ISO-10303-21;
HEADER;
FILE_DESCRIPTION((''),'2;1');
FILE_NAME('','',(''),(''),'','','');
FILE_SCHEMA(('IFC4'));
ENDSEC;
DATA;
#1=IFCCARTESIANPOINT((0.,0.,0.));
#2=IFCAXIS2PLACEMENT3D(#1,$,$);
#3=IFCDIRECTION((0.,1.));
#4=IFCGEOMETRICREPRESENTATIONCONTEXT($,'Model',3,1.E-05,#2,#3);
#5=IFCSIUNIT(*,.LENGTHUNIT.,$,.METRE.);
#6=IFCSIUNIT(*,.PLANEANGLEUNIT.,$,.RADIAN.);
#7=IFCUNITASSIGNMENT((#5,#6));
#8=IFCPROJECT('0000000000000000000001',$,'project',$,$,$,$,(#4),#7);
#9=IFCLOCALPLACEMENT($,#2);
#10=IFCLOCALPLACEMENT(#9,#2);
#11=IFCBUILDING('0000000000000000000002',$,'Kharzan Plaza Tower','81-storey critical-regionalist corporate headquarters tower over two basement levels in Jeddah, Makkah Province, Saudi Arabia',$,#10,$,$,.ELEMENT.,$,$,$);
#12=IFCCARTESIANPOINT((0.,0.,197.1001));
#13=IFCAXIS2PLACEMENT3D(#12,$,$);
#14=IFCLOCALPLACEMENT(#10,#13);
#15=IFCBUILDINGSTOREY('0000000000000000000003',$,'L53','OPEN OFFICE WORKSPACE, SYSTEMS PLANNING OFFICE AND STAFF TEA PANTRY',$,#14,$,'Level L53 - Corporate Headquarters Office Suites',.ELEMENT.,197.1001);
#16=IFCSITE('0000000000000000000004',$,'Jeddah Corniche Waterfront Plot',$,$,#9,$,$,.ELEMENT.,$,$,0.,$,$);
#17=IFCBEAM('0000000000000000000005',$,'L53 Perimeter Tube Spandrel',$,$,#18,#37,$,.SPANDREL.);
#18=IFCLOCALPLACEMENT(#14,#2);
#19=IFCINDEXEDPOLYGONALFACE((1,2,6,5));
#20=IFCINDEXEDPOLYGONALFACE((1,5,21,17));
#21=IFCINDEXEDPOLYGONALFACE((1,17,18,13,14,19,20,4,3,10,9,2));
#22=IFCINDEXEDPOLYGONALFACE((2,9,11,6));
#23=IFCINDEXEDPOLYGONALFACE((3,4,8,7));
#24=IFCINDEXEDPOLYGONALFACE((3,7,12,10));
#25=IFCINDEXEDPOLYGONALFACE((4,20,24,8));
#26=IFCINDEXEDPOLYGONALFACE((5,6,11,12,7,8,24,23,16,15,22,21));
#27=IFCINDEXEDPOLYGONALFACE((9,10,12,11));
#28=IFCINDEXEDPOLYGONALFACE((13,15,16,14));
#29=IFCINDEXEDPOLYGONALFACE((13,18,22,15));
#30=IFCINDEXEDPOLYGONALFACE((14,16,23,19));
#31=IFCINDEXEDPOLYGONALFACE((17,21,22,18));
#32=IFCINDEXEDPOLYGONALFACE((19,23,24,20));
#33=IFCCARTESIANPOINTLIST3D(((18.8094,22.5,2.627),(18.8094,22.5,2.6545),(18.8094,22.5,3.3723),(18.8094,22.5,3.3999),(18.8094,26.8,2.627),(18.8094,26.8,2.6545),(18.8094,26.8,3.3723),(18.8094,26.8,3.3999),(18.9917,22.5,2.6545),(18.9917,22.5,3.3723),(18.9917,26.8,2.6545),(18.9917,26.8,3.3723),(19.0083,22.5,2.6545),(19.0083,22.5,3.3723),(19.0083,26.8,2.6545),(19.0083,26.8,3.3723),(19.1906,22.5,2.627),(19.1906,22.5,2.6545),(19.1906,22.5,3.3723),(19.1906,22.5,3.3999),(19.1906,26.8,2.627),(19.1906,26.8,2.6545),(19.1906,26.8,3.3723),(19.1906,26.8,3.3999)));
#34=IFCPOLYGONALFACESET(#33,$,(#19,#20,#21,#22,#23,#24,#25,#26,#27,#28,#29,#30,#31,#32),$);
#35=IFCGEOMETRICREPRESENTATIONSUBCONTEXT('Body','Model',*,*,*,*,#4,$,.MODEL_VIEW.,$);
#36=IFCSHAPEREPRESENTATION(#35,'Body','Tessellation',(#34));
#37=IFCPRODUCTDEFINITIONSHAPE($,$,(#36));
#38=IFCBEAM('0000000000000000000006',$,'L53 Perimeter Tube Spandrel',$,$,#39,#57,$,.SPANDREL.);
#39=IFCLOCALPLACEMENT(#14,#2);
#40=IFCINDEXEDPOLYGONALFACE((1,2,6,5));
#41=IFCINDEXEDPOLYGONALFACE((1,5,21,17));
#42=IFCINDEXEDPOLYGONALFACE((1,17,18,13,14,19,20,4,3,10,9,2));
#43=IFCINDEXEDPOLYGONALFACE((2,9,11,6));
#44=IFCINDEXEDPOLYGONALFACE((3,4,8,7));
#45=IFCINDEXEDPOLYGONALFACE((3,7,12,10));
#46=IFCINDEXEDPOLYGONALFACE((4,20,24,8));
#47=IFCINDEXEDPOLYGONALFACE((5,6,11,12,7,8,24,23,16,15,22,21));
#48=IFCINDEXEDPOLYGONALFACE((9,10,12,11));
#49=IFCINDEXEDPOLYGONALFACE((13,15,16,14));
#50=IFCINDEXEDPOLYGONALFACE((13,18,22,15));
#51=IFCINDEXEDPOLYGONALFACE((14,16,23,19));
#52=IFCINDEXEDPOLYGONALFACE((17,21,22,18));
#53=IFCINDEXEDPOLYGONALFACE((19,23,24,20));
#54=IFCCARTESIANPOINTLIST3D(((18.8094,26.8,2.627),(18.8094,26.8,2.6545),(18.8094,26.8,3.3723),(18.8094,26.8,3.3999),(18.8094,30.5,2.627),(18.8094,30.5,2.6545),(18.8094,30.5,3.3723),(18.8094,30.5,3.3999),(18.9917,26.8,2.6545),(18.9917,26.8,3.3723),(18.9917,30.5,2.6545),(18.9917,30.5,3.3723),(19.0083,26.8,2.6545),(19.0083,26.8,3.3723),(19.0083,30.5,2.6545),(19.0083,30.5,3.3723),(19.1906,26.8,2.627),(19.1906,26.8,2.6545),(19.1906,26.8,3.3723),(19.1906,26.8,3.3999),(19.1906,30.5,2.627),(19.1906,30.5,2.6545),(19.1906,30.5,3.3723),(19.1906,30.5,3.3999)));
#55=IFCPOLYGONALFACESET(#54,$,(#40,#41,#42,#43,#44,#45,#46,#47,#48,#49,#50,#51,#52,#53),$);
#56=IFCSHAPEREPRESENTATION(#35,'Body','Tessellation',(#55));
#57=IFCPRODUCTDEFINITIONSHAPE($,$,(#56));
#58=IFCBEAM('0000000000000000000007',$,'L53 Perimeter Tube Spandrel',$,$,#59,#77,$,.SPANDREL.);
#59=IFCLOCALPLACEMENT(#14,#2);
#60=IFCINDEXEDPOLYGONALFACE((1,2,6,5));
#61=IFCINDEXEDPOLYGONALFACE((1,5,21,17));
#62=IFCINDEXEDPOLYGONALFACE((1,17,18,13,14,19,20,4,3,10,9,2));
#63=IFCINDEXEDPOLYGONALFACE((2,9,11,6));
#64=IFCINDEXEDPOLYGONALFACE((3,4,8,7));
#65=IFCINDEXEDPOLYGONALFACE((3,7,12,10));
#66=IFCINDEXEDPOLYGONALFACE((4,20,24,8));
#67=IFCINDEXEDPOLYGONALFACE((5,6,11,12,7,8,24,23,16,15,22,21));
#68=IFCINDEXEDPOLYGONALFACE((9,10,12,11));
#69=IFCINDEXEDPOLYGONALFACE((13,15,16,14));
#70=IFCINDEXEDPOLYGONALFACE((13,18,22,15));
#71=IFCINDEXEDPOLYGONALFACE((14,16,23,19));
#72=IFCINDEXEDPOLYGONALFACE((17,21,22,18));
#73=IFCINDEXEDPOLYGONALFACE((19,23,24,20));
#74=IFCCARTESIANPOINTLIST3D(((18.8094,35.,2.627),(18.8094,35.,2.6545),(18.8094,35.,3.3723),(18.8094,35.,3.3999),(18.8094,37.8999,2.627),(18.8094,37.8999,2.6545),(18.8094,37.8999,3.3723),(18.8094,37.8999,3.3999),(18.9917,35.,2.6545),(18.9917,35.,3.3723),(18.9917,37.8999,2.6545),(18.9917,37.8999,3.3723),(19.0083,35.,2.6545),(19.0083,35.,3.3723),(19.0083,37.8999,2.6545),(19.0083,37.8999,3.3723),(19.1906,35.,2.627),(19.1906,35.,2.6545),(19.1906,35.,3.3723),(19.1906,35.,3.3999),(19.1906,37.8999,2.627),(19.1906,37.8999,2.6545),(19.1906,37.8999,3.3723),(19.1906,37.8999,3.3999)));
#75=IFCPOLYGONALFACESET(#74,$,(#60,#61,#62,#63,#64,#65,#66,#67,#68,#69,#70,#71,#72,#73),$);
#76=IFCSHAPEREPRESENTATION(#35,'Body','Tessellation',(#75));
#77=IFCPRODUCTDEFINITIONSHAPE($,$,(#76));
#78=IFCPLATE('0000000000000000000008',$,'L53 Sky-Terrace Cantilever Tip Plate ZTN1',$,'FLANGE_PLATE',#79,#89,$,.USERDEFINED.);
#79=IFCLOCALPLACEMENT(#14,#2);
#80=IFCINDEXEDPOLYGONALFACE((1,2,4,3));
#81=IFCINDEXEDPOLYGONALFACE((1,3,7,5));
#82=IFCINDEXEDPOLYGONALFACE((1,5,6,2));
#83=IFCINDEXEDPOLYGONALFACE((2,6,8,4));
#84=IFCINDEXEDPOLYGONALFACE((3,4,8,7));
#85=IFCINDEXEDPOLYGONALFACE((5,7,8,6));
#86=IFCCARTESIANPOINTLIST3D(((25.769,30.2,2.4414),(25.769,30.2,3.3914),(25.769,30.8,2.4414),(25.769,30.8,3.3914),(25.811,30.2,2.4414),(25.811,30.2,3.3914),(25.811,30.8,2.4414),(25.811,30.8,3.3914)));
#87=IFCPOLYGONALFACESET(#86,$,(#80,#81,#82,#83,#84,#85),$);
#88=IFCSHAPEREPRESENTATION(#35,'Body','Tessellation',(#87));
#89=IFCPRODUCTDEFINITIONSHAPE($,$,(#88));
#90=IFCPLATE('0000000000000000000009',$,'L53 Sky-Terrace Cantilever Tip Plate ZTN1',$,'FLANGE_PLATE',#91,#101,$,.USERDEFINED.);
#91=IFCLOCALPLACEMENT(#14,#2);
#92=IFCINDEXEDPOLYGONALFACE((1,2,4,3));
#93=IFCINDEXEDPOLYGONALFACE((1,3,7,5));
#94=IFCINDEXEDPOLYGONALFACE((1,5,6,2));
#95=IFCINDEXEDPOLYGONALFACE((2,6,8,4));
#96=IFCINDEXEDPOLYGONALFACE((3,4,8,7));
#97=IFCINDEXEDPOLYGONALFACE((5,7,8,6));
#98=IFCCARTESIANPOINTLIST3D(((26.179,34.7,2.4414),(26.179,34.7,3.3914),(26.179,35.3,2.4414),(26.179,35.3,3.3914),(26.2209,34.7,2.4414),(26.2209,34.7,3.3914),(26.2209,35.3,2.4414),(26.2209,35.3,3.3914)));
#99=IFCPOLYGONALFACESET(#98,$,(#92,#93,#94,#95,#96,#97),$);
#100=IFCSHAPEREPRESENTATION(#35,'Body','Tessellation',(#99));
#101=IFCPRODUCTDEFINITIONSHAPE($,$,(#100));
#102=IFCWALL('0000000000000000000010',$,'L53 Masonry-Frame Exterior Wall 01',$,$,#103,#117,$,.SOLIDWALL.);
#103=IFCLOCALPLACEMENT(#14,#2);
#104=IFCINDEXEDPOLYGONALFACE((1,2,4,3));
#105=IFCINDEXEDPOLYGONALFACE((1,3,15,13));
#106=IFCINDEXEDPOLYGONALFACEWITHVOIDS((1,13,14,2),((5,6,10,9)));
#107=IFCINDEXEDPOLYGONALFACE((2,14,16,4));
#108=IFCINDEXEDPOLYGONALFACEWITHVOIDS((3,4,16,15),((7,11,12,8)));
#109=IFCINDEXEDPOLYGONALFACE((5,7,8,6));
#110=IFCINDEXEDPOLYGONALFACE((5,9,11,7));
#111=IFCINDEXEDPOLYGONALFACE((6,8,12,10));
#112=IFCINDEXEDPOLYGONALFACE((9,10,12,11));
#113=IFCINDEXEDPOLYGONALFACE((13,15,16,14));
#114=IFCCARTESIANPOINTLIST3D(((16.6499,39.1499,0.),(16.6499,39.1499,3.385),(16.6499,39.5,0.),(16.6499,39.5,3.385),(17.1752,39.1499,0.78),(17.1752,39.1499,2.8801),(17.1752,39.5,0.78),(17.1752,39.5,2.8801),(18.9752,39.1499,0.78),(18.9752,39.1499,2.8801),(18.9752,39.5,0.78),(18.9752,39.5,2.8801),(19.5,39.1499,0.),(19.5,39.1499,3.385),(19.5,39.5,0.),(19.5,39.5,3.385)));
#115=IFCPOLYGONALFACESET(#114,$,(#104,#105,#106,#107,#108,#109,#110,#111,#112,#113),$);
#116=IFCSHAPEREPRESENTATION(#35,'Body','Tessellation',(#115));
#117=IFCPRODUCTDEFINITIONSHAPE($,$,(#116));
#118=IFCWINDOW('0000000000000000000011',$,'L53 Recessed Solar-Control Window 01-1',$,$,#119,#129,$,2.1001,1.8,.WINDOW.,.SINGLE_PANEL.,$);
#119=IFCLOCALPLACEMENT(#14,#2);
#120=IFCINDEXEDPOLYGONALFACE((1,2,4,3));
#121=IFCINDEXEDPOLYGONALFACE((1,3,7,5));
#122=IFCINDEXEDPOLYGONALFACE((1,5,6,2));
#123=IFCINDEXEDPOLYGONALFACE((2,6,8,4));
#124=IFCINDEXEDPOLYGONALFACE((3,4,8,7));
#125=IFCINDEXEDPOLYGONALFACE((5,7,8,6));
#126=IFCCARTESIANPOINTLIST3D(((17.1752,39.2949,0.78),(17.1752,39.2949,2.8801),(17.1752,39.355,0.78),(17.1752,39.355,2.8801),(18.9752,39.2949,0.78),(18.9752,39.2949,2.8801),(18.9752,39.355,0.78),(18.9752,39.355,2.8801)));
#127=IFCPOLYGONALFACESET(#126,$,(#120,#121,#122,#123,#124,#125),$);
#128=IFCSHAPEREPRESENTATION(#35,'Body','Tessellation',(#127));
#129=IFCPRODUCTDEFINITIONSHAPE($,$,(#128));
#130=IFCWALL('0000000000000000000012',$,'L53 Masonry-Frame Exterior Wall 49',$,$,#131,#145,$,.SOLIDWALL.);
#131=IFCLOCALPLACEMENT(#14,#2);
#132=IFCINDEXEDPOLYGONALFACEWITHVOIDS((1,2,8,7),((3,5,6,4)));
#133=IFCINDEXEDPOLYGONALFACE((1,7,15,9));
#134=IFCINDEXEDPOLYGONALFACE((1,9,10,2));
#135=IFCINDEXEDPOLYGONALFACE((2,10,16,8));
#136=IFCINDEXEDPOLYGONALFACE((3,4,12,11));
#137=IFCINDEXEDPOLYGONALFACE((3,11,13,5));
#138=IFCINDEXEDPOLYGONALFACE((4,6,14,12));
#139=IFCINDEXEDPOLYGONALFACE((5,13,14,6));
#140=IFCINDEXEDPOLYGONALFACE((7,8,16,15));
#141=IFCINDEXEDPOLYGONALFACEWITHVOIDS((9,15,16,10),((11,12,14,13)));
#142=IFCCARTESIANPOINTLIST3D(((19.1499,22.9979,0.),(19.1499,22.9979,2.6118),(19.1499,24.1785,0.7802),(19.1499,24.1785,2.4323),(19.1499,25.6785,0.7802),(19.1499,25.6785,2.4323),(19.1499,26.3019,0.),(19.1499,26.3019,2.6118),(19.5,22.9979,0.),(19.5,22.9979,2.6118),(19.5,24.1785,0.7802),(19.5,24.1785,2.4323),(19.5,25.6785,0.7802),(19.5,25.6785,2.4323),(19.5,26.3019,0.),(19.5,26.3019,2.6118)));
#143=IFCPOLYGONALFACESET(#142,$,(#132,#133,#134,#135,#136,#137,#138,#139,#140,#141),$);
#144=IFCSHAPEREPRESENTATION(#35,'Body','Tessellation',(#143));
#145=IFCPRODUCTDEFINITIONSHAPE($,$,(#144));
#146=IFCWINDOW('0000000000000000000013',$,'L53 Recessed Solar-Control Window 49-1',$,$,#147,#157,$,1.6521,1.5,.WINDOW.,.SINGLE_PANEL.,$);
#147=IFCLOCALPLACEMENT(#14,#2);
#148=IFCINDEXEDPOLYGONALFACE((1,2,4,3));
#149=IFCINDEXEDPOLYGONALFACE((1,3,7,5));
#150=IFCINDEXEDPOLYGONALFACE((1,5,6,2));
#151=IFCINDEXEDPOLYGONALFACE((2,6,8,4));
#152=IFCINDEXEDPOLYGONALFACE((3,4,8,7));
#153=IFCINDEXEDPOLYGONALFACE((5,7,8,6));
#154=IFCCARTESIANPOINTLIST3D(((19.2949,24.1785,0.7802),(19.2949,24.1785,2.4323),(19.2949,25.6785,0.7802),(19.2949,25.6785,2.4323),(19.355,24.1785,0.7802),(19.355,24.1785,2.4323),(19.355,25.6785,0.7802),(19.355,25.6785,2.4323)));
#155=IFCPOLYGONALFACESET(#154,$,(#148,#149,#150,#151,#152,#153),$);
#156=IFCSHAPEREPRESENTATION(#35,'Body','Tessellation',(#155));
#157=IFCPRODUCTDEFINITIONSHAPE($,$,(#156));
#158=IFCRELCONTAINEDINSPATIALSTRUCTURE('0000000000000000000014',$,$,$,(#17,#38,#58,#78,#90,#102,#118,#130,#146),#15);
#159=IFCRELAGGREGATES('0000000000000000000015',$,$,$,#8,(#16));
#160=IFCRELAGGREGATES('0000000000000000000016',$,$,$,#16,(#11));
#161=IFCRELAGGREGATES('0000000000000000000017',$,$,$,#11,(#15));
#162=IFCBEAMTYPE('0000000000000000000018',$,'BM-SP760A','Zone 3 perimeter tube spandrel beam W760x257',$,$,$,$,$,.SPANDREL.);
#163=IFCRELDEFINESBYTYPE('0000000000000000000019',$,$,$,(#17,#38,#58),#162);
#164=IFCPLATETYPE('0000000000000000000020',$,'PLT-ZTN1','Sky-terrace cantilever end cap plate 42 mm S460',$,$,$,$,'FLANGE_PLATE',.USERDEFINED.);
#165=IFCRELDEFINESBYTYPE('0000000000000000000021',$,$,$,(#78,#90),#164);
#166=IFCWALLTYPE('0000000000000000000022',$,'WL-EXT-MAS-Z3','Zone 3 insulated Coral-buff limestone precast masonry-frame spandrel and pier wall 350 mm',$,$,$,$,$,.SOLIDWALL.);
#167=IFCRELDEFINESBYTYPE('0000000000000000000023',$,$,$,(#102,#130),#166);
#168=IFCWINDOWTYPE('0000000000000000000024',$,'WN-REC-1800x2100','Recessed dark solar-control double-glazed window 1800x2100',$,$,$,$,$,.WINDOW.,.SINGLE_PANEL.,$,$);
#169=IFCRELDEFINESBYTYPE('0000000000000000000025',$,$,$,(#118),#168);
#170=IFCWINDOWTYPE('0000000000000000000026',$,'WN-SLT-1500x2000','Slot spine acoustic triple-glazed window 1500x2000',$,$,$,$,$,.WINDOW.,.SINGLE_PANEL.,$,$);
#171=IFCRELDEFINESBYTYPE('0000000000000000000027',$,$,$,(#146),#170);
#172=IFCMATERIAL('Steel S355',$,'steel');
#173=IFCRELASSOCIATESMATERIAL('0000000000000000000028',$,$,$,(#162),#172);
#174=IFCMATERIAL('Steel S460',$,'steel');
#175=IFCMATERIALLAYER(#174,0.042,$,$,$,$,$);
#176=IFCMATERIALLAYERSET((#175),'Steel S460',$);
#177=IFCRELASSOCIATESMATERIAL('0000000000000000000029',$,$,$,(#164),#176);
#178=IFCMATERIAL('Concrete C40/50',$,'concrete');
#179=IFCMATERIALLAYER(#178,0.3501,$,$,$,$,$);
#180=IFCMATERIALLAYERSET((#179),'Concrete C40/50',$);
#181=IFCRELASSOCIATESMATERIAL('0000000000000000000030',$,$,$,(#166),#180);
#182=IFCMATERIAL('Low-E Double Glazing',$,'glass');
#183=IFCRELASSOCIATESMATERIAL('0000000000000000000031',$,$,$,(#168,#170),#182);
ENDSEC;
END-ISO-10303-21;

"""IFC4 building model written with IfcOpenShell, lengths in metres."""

from ifc_helpers import new_model, si_unit, direction, frame, frame_2d, origin, origin_2d, place, context, subcontext, project, spatial, rectangle, i_section, extrude, source, transform, mapped, material, layer, layer_set, material_profile, profile_set, type_object, element, fill, save


model = new_model("IFC4")

# Units and contexts
model_context = context("Model", 3, precision=1e-05, world=origin(), true_north=direction((0.0, 1.0)))
body_context = subcontext(model_context, "Body", "Model", "MODEL_VIEW")
ifc_project = project(units=[si_unit("LENGTHUNIT", "METRE"), si_unit("PLANEANGLEUNIT", "RADIAN")], contexts=[model_context])

# Site, building, storey
site_placement = place(None, origin())
site = spatial("IfcSite", under=ifc_project, at=site_placement, Name="Jeddah Corniche Waterfront Plot", CompositionType="ELEMENT", RefElevation=0.0)
building_placement = place(site_placement, origin())
building = spatial("IfcBuilding", under=site, at=building_placement, Name="Kharzan Plaza Tower", Description="81-storey critical-regionalist corporate headquarters tower over two basement levels in Jeddah, Makkah Province, Saudi Arabia", CompositionType="ELEMENT")
storey_placement = place(building_placement, frame((0.0, 0.0, 197.1001)))
storey = spatial("IfcBuildingStorey", under=building, at=storey_placement, Name="L53", Description="OPEN OFFICE WORKSPACE, SYSTEMS PLANNING OFFICE AND STAFF TEA PANTRY", LongName="Level L53 - Corporate Headquarters Office Suites", CompositionType="ELEMENT", Elevation=197.1001)

# Shared definitions
ifc_material_1 = material(Name="Steel S355", Category="steel")

# Beams
ifc_material_profile_1 = material_profile(ifc_material_1, i_section(OverallWidth=0.3811, OverallDepth=0.7729, WebThickness=0.0166, FlangeThickness=0.0276, at=origin_2d()), Name="W760x257")
ifc_profile_set_1 = profile_set([ifc_material_profile_1], Name="Steel S355")
beam_type_1 = type_object("IfcBeamType", Name="BM-SP760A", Description="Zone 3 perimeter tube spandrel beam W760x257", PredefinedType="SPANDREL", material=ifc_profile_set_1)
shared_shape_1 = source(origin(), body_context, "Body", "SweptSolid", [
    extrude(i_section(OverallWidth=0.3811, OverallDepth=0.7729, WebThickness=0.0166, FlangeThickness=0.0276, at=origin_2d()), origin(), (0.0, 0.0, 1.0), 4.3),
])
beam_1_placement = place(storey_placement, frame((19.0, 22.5, 3.0134), z_axis=(0.0, 1.0, 0.0), x_axis=(-1.0, 0.0, 0.0)))
element("IfcBeam", 1, at=beam_1_placement, inside=storey, type_object=beam_type_1, Name="L53 Perimeter Tube Spandrel", PredefinedType="SPANDREL", context=body_context, shape_type="MappedRepresentation", body=[
    mapped(shared_shape_1, transform((0.0, 0.0, 0.0), x_axis=(1.0, 0.0, 0.0), y_axis=(0.0, 1.0, 0.0), z_axis=(0.0, 0.0, 1.0))),
])
shared_shape_2 = source(origin(), body_context, "Body", "SweptSolid", [
    extrude(i_section(OverallWidth=0.3811, OverallDepth=0.7729, WebThickness=0.0166, FlangeThickness=0.0276, at=origin_2d()), origin(), (0.0, 0.0, 1.0), 3.7),
])
beam_2_placement = place(storey_placement, frame((19.0, 26.8, 3.0134), z_axis=(0.0, 1.0, 0.0), x_axis=(-1.0, 0.0, 0.0)))
element("IfcBeam", 2, at=beam_2_placement, inside=storey, type_object=beam_type_1, Name="L53 Perimeter Tube Spandrel", PredefinedType="SPANDREL", context=body_context, shape_type="MappedRepresentation", body=[
    mapped(shared_shape_2, transform((0.0, 0.0, 0.0), x_axis=(1.0, 0.0, 0.0), y_axis=(0.0, 1.0, 0.0), z_axis=(0.0, 0.0, 1.0))),
])
shared_shape_3 = source(origin(), body_context, "Body", "SweptSolid", [
    extrude(i_section(OverallWidth=0.3811, OverallDepth=0.7729, WebThickness=0.0166, FlangeThickness=0.0276, at=origin_2d()), origin(), (0.0, 0.0, 1.0), 2.8999),
])
beam_3_placement = place(storey_placement, frame((19.0, 35.0, 3.0134), z_axis=(0.0, 1.0, 0.0), x_axis=(-1.0, 0.0, 0.0)))
element("IfcBeam", 3, at=beam_3_placement, inside=storey, type_object=beam_type_1, Name="L53 Perimeter Tube Spandrel", PredefinedType="SPANDREL", context=body_context, shape_type="MappedRepresentation", body=[
    mapped(shared_shape_3, transform((0.0, 0.0, 0.0), x_axis=(1.0, 0.0, 0.0), y_axis=(0.0, 1.0, 0.0), z_axis=(0.0, 0.0, 1.0))),
])

# Plates
ifc_material_2 = material(Name="Steel S460", Category="steel")
ifc_layer_1 = layer(ifc_material_2, 0.042)
ifc_layer_set_1 = layer_set([ifc_layer_1], Name="Steel S460")
plate_type = type_object("IfcPlateType", Name="PLT-ZTN1", Description="Sky-terrace cantilever end cap plate 42 mm S460", ElementType="FLANGE_PLATE", PredefinedType="USERDEFINED", material=ifc_layer_set_1)
shared_shape_4 = source(origin(), body_context, "Body", "SweptSolid", [
    extrude(rectangle(XDim=0.6001, YDim=0.042, at=origin_2d()), origin(), (0.0, 0.0, 1.0), 0.95),
])
for number, where, z_axis, x_axis, name in (
    (4, (25.79, 30.5, 2.4414), (0.0, 0.0, 1.0), (0.0, 1.0, 0.0), "L53 Sky-Terrace Cantilever Tip Plate ZTN1"),
    (5, (26.2, 35.0, 2.4414), (0.0, 0.0, 1.0), (0.0, 1.0, 0.0), "L53 Sky-Terrace Cantilever Tip Plate ZTN1"),
):
    element("IfcPlate", number, at=place(storey_placement, frame(where, z_axis=z_axis, x_axis=x_axis)), inside=storey, type_object=plate_type, Name=name, ObjectType="FLANGE_PLATE", PredefinedType="USERDEFINED", context=body_context, shape_type="MappedRepresentation", body=[
        mapped(shared_shape_4, transform((0.0, 0.0, 0.0), x_axis=(1.0, 0.0, 0.0), y_axis=(0.0, 1.0, 0.0), z_axis=(0.0, 0.0, 1.0))),
    ])

# Walls, openings, windows
ifc_material_3 = material(Name="Concrete C40/50", Category="concrete")
ifc_layer_2 = layer(ifc_material_3, 0.3501)
ifc_layer_set_2 = layer_set([ifc_layer_2], Name="Concrete C40/50")
wall_type = type_object("IfcWallType", Name="WL-EXT-MAS-Z3", Description="Zone 3 insulated Coral-buff limestone precast masonry-frame spandrel and pier wall 350 mm", PredefinedType="SOLIDWALL", material=ifc_layer_set_2)
wall_1_placement = place(storey_placement, frame((19.5, 39.325, 0.0), z_axis=(0.0, 0.0, 1.0), x_axis=(-1.0, 0.0, 0.0)))
wall_1 = element("IfcWall", 6, at=wall_1_placement, inside=storey, type_object=wall_type, Name="L53 Masonry-Frame Exterior Wall 01", PredefinedType="SOLIDWALL", context=body_context, shape_type="SweptSolid", body=[
    extrude(rectangle(XDim=2.8501, YDim=0.3501, at=frame_2d((1.425, 0.0))), origin(), (0.0, 0.0, 1.0), 3.385),
])
opening_1_placement = place(wall_1_placement, frame((0.5249, 0.0, 0.78)))
opening_1 = element("IfcOpeningElement", 7, at=opening_1_placement, cuts=wall_1, PredefinedType="OPENING", context=body_context, shape_type="SweptSolid", body=[
    extrude(rectangle(XDim=1.8, YDim=2.1001, at=frame_2d((0.8999, 1.05))), frame((0.0, 0.1851, 0.0), z_axis=(0.0, -1.0, 0.0), x_axis=(1.0, 0.0, 0.0)), (0.0, 0.0, 1.0), 0.3701),
])
ifc_material_4 = material(Name="Low-E Double Glazing", Category="glass")
window_type_1 = type_object("IfcWindowType", Name="WN-REC-1800x2100", Description="Recessed dark solar-control double-glazed window 1800x2100", PartitioningType="SINGLE_PANEL", PredefinedType="WINDOW", material=ifc_material_4)
shared_shape_5 = source(origin(), body_context, "Body", "SweptSolid", [
    extrude(rectangle(XDim=1.8, YDim=2.1001, at=frame_2d((0.8999, 1.05))), frame((0.0, 0.03, 0.0), z_axis=(0.0, -1.0, 0.0), x_axis=(1.0, 0.0, 0.0)), (0.0, 0.0, 1.0), 0.0601),
])
window_1_placement = place(opening_1_placement, origin())
window_1 = element("IfcWindow", 8, at=window_1_placement, inside=storey, type_object=window_type_1, Name="L53 Recessed Solar-Control Window 01-1", OverallHeight=2.1001, OverallWidth=1.8, PartitioningType="SINGLE_PANEL", PredefinedType="WINDOW", context=body_context, shape_type="MappedRepresentation", body=[
    mapped(shared_shape_5, transform((0.0, 0.0, 0.0), x_axis=(1.0, 0.0, 0.0), y_axis=(0.0, 1.0, 0.0), z_axis=(0.0, 0.0, 1.0))),
])
fill(opening_1, window_1)
wall_2_placement = place(storey_placement, frame((19.325, 22.998, 0.0), z_axis=(0.0, 0.0, 1.0), x_axis=(0.0, 1.0, 0.0)))
wall_2 = element("IfcWall", 9, at=wall_2_placement, inside=storey, type_object=wall_type, Name="L53 Masonry-Frame Exterior Wall 49", PredefinedType="SOLIDWALL", context=body_context, shape_type="SweptSolid", body=[
    extrude(rectangle(XDim=3.304, YDim=0.3501, at=frame_2d((1.6519, 0.0))), origin(), (0.0, 0.0, 1.0), 2.6118),
])
opening_2_placement = place(wall_2_placement, frame((1.1804, 0.0, 0.78)))
opening_2 = element("IfcOpeningElement", 10, at=opening_2_placement, cuts=wall_2, PredefinedType="OPENING", context=body_context, shape_type="SweptSolid", body=[
    extrude(rectangle(XDim=1.5, YDim=1.6521, at=frame_2d((0.75, 0.8262))), frame((0.0, 0.1851, 0.0), z_axis=(0.0, -1.0, 0.0), x_axis=(1.0, 0.0, 0.0)), (0.0, 0.0, 1.0), 0.3701),
])
window_type_2 = type_object("IfcWindowType", Name="WN-SLT-1500x2000", Description="Slot spine acoustic triple-glazed window 1500x2000", PartitioningType="SINGLE_PANEL", PredefinedType="WINDOW", material=ifc_material_4)
shared_shape_6 = source(origin(), body_context, "Body", "SweptSolid", [
    extrude(rectangle(XDim=1.5, YDim=1.6521, at=frame_2d((0.75, 0.8262))), frame((0.0, 0.03, 0.0), z_axis=(0.0, -1.0, 0.0), x_axis=(1.0, 0.0, 0.0)), (0.0, 0.0, 1.0), 0.0601),
])
window_2_placement = place(opening_2_placement, origin())
window_2 = element("IfcWindow", 11, at=window_2_placement, inside=storey, type_object=window_type_2, Name="L53 Recessed Solar-Control Window 49-1", OverallHeight=1.6521, OverallWidth=1.5, PartitioningType="SINGLE_PANEL", PredefinedType="WINDOW", context=body_context, shape_type="MappedRepresentation", body=[
    mapped(shared_shape_6, transform((0.0, 0.0, 0.0), x_axis=(1.0, 0.0, 0.0), y_axis=(0.0, 1.0, 0.0), z_axis=(0.0, 0.0, 1.0))),
])
fill(opening_2, window_2)

save(model, "model.ifc")
